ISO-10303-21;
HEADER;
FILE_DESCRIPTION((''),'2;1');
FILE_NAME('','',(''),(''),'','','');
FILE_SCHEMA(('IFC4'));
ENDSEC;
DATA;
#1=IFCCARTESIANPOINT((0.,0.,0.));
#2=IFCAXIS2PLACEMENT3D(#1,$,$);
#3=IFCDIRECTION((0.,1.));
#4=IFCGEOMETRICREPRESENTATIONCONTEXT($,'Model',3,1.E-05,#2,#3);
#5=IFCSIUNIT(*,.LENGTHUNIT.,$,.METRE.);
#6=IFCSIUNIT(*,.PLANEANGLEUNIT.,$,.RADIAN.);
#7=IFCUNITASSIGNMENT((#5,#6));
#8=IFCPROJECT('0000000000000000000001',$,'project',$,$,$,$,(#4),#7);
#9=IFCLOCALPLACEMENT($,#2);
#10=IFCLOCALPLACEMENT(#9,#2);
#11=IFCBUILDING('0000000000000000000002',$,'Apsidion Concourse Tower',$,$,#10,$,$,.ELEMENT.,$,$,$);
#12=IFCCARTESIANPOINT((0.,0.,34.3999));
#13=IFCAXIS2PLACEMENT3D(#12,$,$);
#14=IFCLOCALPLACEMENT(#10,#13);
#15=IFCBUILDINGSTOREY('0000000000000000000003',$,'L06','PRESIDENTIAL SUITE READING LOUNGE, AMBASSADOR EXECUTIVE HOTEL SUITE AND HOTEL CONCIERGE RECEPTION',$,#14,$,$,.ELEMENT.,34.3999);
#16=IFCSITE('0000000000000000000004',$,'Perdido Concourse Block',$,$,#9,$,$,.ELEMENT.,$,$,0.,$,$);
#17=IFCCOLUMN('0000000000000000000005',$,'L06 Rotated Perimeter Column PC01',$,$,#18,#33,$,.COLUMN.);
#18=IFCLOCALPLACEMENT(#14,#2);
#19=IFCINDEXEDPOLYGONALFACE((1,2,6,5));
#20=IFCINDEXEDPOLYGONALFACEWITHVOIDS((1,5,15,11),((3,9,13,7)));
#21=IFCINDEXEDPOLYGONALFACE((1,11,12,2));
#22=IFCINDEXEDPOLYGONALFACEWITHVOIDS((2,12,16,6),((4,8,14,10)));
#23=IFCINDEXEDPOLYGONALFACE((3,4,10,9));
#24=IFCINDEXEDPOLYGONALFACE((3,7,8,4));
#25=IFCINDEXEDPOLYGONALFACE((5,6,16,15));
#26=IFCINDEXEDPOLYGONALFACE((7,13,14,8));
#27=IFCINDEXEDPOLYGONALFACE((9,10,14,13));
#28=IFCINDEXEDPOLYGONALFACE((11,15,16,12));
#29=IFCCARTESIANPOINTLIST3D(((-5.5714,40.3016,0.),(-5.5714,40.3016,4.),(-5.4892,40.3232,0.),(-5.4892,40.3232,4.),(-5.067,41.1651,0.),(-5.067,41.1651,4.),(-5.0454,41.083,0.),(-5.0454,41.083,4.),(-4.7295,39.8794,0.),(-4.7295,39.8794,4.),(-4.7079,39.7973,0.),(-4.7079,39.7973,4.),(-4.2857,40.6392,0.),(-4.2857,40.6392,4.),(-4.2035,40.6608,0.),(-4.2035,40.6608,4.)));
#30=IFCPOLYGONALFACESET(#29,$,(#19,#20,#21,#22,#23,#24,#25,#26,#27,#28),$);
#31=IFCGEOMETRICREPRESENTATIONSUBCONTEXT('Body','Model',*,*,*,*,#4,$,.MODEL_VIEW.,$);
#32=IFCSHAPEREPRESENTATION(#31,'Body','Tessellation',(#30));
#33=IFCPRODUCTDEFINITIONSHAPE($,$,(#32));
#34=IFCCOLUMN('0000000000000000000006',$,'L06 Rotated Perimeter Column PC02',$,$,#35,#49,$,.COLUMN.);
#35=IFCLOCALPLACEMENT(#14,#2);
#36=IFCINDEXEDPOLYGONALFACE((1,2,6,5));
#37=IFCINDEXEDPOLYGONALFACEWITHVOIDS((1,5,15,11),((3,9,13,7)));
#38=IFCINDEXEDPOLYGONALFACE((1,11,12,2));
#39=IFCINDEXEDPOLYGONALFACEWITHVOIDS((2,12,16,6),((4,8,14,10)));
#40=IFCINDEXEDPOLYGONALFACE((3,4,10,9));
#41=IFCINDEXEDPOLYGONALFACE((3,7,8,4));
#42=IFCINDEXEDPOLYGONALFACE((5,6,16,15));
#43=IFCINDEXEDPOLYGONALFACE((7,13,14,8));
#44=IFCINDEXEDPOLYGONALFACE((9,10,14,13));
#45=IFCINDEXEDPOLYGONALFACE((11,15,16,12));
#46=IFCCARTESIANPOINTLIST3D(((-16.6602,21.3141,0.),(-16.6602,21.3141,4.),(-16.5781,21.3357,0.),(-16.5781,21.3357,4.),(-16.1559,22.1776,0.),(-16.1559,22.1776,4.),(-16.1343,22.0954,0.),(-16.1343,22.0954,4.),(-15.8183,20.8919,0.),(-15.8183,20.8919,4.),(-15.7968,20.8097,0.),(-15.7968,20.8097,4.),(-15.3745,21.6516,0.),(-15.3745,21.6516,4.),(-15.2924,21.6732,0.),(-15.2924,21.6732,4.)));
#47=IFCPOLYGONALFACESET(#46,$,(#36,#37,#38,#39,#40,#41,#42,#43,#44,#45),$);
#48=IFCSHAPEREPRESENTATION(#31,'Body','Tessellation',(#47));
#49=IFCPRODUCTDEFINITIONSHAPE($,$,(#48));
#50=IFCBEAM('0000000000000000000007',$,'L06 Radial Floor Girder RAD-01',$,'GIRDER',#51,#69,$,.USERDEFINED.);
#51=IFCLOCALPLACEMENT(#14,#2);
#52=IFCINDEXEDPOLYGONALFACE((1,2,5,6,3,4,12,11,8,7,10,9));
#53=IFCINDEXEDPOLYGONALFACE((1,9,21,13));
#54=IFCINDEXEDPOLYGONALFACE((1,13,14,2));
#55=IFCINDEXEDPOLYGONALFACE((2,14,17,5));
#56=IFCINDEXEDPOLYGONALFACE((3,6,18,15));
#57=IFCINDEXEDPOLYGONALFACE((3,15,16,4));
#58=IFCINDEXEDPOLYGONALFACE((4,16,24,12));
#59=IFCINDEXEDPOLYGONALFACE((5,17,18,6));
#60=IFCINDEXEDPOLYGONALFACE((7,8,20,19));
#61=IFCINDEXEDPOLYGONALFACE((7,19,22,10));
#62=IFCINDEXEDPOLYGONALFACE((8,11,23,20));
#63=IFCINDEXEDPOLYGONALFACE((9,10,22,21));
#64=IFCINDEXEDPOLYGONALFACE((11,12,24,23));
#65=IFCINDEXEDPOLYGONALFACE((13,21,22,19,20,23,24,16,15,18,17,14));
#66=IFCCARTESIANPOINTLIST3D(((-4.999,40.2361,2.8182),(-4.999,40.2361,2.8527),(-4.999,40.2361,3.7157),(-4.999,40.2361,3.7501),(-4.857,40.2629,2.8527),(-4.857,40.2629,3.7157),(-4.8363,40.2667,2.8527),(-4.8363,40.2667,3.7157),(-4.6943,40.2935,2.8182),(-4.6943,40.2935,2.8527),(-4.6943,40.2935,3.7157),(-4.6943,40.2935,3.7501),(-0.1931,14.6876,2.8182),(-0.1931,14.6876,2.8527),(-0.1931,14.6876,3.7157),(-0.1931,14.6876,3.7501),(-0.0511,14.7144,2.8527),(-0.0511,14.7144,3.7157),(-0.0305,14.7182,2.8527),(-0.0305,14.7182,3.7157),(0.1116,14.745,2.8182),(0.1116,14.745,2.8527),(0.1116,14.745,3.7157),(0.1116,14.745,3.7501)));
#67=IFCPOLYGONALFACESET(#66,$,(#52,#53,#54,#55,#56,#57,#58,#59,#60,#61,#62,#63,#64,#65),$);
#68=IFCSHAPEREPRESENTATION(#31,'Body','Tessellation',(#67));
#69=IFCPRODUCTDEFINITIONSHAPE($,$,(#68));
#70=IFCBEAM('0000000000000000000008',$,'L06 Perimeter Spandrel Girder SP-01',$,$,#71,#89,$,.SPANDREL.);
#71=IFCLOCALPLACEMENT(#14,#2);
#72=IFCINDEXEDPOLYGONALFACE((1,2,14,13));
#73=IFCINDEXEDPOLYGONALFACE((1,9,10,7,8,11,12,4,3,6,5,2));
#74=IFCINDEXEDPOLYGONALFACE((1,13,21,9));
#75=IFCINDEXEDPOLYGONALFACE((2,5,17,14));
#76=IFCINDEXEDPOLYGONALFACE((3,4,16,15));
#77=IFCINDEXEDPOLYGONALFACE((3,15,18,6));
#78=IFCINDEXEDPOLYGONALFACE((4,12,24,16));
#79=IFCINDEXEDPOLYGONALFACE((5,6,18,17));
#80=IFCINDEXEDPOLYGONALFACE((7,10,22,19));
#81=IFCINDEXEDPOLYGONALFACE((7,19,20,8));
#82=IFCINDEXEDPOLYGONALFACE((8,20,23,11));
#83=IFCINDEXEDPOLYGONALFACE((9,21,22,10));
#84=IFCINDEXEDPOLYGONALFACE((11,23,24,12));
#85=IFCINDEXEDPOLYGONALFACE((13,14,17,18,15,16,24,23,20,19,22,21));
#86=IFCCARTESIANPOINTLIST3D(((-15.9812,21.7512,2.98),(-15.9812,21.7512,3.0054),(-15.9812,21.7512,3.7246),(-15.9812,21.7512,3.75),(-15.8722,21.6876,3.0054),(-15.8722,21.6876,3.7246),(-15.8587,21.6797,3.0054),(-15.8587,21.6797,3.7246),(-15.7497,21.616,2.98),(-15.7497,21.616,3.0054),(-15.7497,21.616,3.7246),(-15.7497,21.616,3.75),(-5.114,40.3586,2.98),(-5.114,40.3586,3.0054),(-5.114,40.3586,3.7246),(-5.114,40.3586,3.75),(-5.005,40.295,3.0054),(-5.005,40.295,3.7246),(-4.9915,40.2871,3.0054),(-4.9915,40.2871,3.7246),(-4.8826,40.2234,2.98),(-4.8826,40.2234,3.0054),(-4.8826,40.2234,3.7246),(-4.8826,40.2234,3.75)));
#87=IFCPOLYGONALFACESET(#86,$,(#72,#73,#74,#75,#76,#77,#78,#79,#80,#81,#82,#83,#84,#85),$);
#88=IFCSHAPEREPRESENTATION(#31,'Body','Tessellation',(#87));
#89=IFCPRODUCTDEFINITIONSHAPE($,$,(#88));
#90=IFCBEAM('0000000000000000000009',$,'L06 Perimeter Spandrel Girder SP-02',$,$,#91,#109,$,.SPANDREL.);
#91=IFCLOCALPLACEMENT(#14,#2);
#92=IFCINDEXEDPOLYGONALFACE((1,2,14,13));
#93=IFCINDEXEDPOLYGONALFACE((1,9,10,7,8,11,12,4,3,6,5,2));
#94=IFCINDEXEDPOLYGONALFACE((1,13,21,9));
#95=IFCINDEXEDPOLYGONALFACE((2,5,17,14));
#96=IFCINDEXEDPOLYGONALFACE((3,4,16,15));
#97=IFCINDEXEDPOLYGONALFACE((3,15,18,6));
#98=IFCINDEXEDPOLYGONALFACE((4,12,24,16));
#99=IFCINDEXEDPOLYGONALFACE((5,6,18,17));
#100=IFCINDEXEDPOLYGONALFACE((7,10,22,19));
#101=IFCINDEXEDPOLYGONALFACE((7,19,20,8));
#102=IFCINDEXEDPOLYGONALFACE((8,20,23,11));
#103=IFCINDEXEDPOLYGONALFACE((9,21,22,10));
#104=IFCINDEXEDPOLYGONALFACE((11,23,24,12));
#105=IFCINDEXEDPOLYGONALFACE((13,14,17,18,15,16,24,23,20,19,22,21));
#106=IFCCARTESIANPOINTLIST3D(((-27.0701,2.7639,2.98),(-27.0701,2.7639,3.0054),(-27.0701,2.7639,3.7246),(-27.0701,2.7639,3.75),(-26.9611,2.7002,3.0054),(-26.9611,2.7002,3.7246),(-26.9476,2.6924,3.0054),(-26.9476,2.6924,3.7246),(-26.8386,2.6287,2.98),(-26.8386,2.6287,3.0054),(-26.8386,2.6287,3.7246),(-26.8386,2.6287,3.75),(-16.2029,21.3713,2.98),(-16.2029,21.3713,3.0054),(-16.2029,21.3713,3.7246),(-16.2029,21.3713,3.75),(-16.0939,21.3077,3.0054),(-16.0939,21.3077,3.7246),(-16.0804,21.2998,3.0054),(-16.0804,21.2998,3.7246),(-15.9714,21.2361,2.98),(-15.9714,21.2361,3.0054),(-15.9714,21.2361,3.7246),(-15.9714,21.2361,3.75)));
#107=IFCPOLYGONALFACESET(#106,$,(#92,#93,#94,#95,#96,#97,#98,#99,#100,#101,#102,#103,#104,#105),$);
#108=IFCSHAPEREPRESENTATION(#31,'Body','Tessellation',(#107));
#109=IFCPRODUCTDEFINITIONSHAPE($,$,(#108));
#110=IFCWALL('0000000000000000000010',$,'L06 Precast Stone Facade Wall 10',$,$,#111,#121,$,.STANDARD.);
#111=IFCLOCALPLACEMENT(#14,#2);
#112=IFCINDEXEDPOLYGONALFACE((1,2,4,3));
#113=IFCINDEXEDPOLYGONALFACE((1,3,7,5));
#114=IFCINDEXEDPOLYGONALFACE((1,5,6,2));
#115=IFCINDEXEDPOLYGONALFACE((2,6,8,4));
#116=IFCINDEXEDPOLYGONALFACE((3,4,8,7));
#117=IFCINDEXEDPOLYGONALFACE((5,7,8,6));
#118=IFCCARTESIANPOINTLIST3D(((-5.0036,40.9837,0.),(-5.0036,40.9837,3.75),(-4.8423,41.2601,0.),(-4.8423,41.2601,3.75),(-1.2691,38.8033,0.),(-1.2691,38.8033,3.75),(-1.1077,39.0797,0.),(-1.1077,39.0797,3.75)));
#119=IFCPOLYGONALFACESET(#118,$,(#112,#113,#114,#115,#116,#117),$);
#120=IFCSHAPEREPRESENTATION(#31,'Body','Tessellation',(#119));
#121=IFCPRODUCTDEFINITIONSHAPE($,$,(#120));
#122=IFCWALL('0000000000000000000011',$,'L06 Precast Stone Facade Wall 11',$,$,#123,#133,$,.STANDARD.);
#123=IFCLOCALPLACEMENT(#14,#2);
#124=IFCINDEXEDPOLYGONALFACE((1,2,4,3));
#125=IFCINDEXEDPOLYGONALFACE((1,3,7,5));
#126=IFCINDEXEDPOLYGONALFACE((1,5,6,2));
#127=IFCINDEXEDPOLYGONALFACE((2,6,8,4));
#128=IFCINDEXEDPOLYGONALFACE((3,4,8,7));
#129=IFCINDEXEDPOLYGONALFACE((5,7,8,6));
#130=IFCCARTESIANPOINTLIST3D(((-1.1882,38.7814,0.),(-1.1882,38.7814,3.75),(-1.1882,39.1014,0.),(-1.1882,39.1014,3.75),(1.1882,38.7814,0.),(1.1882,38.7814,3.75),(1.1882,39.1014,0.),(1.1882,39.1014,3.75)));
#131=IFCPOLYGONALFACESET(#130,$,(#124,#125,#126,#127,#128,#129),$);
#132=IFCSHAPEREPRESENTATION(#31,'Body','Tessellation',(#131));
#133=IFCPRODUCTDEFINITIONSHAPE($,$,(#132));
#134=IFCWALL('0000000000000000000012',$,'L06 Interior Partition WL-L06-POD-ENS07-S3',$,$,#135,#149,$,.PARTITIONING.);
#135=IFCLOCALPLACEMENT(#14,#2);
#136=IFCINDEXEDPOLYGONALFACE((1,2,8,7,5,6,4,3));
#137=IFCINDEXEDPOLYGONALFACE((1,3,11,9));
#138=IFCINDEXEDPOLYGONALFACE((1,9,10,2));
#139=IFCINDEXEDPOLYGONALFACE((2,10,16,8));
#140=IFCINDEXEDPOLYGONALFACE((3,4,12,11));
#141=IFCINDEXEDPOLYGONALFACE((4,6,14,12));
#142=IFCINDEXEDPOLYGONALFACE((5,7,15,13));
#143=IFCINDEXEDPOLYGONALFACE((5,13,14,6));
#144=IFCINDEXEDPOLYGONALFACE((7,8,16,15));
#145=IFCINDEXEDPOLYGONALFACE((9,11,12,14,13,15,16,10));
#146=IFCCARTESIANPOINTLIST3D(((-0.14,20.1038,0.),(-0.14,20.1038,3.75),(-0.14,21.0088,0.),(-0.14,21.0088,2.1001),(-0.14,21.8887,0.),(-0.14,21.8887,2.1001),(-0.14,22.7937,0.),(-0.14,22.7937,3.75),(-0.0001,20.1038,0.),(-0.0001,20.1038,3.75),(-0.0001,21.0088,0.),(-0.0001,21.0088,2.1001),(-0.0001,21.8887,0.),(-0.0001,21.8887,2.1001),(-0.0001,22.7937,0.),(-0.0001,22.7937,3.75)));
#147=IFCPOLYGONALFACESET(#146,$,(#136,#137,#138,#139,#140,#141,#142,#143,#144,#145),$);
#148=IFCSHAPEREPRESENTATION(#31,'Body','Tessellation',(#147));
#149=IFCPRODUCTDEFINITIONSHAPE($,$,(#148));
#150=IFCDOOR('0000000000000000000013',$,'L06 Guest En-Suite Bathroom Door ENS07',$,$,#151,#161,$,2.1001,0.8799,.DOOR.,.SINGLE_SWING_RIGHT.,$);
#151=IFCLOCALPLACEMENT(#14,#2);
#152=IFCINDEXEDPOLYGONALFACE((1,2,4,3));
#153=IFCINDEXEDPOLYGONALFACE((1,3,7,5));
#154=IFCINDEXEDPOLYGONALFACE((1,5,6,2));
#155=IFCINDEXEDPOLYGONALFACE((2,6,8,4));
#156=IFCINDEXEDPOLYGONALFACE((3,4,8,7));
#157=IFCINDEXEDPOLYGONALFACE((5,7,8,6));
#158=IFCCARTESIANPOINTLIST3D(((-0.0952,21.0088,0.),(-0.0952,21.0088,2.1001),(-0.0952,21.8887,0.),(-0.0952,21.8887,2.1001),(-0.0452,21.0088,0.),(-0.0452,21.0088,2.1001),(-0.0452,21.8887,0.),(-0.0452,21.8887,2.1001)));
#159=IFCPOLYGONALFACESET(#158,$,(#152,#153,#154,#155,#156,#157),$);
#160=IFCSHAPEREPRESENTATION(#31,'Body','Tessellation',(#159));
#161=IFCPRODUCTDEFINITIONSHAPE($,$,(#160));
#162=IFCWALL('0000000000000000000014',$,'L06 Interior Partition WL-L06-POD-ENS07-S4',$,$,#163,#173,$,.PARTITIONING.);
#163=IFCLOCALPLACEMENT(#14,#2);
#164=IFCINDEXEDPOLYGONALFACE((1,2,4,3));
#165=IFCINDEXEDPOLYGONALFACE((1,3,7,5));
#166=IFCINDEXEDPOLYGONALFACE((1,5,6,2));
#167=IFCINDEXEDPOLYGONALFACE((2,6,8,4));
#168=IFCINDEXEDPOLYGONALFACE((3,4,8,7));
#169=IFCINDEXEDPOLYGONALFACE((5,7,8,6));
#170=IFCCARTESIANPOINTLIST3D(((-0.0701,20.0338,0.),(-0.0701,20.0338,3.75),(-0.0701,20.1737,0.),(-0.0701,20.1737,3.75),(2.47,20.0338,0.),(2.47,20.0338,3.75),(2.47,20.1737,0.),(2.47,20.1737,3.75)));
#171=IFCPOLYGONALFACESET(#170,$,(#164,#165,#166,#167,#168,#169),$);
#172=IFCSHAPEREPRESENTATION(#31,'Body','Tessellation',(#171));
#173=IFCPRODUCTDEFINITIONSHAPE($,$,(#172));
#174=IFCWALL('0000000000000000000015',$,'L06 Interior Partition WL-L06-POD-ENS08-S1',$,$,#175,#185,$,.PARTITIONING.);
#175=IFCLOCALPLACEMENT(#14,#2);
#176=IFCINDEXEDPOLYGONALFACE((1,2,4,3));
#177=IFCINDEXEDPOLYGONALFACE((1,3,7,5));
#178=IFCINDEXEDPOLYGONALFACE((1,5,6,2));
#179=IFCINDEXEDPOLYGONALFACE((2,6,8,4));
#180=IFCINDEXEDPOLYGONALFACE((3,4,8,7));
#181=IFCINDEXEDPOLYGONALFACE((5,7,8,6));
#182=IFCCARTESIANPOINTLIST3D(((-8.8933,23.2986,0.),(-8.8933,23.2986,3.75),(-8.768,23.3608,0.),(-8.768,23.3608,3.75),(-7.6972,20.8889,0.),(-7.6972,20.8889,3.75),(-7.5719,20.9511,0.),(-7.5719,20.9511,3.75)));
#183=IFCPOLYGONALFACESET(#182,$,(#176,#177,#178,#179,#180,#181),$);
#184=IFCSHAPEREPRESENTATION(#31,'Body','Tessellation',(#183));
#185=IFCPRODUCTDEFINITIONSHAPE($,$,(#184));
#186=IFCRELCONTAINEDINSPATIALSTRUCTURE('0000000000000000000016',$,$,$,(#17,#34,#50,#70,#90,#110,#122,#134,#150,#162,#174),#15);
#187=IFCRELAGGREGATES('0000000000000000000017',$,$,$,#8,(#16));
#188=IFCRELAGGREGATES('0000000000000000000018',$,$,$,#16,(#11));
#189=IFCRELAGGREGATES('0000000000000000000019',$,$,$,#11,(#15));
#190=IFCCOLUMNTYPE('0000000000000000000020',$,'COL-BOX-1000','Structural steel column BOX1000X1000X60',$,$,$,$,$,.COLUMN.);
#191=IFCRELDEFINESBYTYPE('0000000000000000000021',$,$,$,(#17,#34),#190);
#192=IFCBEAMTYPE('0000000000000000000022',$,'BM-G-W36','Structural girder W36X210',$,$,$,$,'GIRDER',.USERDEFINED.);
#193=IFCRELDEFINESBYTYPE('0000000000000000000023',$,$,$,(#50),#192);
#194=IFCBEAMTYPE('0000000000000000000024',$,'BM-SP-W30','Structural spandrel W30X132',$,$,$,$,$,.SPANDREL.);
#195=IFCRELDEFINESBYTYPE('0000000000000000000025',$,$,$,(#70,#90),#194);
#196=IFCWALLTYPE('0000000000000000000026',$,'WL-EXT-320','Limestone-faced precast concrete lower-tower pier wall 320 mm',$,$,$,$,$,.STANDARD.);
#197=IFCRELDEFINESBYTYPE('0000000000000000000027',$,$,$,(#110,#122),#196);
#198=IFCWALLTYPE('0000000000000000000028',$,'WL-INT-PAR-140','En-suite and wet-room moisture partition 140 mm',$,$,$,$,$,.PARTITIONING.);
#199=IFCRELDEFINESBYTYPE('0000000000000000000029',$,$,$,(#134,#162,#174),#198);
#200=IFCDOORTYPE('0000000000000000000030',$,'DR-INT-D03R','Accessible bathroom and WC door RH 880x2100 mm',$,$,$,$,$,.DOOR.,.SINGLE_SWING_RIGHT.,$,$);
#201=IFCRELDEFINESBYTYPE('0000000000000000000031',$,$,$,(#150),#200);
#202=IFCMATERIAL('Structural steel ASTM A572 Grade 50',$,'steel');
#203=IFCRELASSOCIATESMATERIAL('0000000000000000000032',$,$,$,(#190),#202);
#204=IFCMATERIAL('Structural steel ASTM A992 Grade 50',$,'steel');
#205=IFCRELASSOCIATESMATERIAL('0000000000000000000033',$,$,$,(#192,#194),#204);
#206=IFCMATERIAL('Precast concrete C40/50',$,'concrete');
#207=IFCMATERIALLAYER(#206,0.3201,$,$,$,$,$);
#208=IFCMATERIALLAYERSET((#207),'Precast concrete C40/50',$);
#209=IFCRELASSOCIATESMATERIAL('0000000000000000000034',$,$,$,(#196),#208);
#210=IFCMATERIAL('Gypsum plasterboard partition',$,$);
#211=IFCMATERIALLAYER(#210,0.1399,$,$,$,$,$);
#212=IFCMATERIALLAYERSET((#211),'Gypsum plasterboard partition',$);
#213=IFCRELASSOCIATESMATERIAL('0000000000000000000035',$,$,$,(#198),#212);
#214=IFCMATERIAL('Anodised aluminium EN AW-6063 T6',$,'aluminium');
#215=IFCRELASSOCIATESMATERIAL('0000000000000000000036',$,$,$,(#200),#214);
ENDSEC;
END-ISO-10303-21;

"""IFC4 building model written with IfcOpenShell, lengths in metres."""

from ifc_helpers import new_model, si_unit, direction, frame, frame_2d, origin, origin_2d, place, context, subcontext, project, spatial, rectangle, hollow_rectangle, i_section, extrude, material, layer, layer_set, material_profile, profile_set, type_object, element, fill, save


model = new_model("IFC4")

# Units and contexts
model_context = context("Model", 3, precision=1e-05, world=origin(), true_north=direction((0.0, 1.0)))
body_context = subcontext(model_context, "Body", "Model", "MODEL_VIEW")
ifc_project = project(units=[si_unit("LENGTHUNIT", "METRE"), si_unit("PLANEANGLEUNIT", "RADIAN")], contexts=[model_context])

# Site, building, storey
site_placement = place(None, origin())
site = spatial("IfcSite", under=ifc_project, at=site_placement, Name="Perdido Concourse Block", CompositionType="ELEMENT", RefElevation=0.0)
building_placement = place(site_placement, origin())
building = spatial("IfcBuilding", under=site, at=building_placement, Name="Apsidion Concourse Tower", CompositionType="ELEMENT")
storey_placement = place(building_placement, frame((0.0, 0.0, 34.3999)))
storey = spatial("IfcBuildingStorey", under=building, at=storey_placement, Name="L06", Description="PRESIDENTIAL SUITE READING LOUNGE, AMBASSADOR EXECUTIVE HOTEL SUITE AND HOTEL CONCIERGE RECEPTION", CompositionType="ELEMENT", Elevation=34.3999)

# Columns
ifc_material_1 = material(Name="Structural steel ASTM A572 Grade 50", Category="steel")
ifc_material_profile_1 = material_profile(ifc_material_1, hollow_rectangle(XDim=1.0, YDim=1.0, WallThickness=0.0601, at=origin_2d()), Name="BOX1000X1000X60")
ifc_profile_set_1 = profile_set([ifc_material_profile_1], Name="Structural steel ASTM A572 Grade 50")
column_type = type_object("IfcColumnType", Name="COL-BOX-1000", Description="Structural steel column BOX1000X1000X60", PredefinedType="COLUMN", material=ifc_profile_set_1)
for number, where, z_axis, x_axis, name in (
    (1, (-4.8875, 40.4812, 0.0), (0.0, 0.0, 1.0), (0.504377, 0.863484, 0.0), "L06 Rotated Perimeter Column PC01"),
    (2, (-15.9763, 21.4937, 0.0), (0.0, 0.0, 1.0), (0.504377, 0.863484, 0.0), "L06 Rotated Perimeter Column PC02"),
):
    element("IfcColumn", number, at=place(storey_placement, frame(where, z_axis=z_axis, x_axis=x_axis)), inside=storey, type_object=column_type, Name=name, PredefinedType="COLUMN", context=body_context, shape_type="SweptSolid", body=[
        extrude(hollow_rectangle(XDim=1.0, YDim=1.0, WallThickness=0.0601, at=origin_2d()), origin(), (0.0, 0.0, 1.0), 4.0),
    ])

# Beams
ifc_material_2 = material(Name="Structural steel ASTM A992 Grade 50", Category="steel")
ifc_material_profile_2 = material_profile(ifc_material_2, i_section(OverallWidth=0.3101, OverallDepth=0.9319, WebThickness=0.021, FlangeThickness=0.0344, at=origin_2d()), Name="W36X210")
ifc_profile_set_2 = profile_set([ifc_material_profile_2], Name="Structural steel ASTM A992 Grade 50")
beam_type_1 = type_object("IfcBeamType", Name="BM-G-W36", Description="Structural girder W36X210", ElementType="GIRDER", PredefinedType="USERDEFINED", material=ifc_profile_set_2)
beam_placement = place(storey_placement, frame((-0.0408, 14.7163, 3.2842), z_axis=(-0.184866, 0.982764, 0.0), x_axis=(-0.982764, -0.184866, 0.0)))
element("IfcBeam", 3, at=beam_placement, inside=storey, type_object=beam_type_1, Name="L06 Radial Floor Girder RAD-01", ObjectType="GIRDER", PredefinedType="USERDEFINED", context=body_context, shape_type="SweptSolid", body=[
    extrude(i_section(OverallWidth=0.3101, OverallDepth=0.9319, WebThickness=0.021, FlangeThickness=0.0344, at=origin_2d()), origin(), (0.0, 0.0, 1.0), 25.9966),
])
ifc_material_profile_3 = material_profile(ifc_material_2, i_section(OverallWidth=0.2681, OverallDepth=0.77, WebThickness=0.0156, FlangeThickness=0.0254, at=origin_2d()), Name="W30X132")
ifc_profile_set_3 = profile_set([ifc_material_profile_3], Name="Structural steel ASTM A992 Grade 50")
beam_type_2 = type_object("IfcBeamType", Name="BM-SP-W30", Description="Structural spandrel W30X132", PredefinedType="SPANDREL", material=ifc_profile_set_3)
for number, where, z_axis, x_axis, name in (
    (4, (-4.9983, 40.291, 3.365), (-0.504316, -0.863519, 0.0), (0.863519, -0.504316, 0.0), "L06 Perimeter Spandrel Girder SP-01"),
    (5, (-16.0872, 21.3037, 3.365), (-0.504316, -0.863519, 0.0), (0.863519, -0.504316, 0.0), "L06 Perimeter Spandrel Girder SP-02"),
):
    element("IfcBeam", number, at=place(storey_placement, frame(where, z_axis=z_axis, x_axis=x_axis)), inside=storey, type_object=beam_type_2, Name=name, PredefinedType="SPANDREL", context=body_context, shape_type="SweptSolid", body=[
        extrude(i_section(OverallWidth=0.2681, OverallDepth=0.77, WebThickness=0.0156, FlangeThickness=0.0254, at=origin_2d()), origin(), (0.0, 0.0, 1.0), 21.5483),
    ])

# Walls
ifc_material_3 = material(Name="Precast concrete C40/50", Category="concrete")
ifc_layer_1 = layer(ifc_material_3, 0.3201)
ifc_layer_set_1 = layer_set([ifc_layer_1], Name="Precast concrete C40/50")
wall_type_1 = type_object("IfcWallType", Name="WL-EXT-320", Description="Limestone-faced precast concrete lower-tower pier wall 320 mm", PredefinedType="STANDARD", material=ifc_layer_set_1)
wall_1_placement = place(storey_placement, frame((-4.9229, 41.1218, 0.0), z_axis=(0.0, 0.0, 1.0), x_axis=(0.863588, -0.504197, 0.0)))
element("IfcWall", 6, at=wall_1_placement, inside=storey, type_object=wall_type_1, Name="L06 Precast Stone Facade Wall 10", PredefinedType="STANDARD", context=body_context, shape_type="SweptSolid", body=[
    extrude(rectangle(XDim=4.3245, YDim=0.3201, at=frame_2d((2.1621, 0.0))), origin(), (0.0, 0.0, 1.0), 3.75),
])
wall_2_placement = place(storey_placement, frame((-1.1882, 38.9414, 0.0), z_axis=(0.0, 0.0, 1.0), x_axis=(1.0, 0.0, 0.0)))
element("IfcWall", 7, at=wall_2_placement, inside=storey, type_object=wall_type_1, Name="L06 Precast Stone Facade Wall 11", PredefinedType="STANDARD", context=body_context, shape_type="SweptSolid", body=[
    extrude(rectangle(XDim=2.3765, YDim=0.3201, at=frame_2d((1.1882, 0.0))), origin(), (0.0, 0.0, 1.0), 3.75),
])

# Wall, opening, door
ifc_material_4 = material(Name="Gypsum plasterboard partition")
ifc_layer_2 = layer(ifc_material_4, 0.1399)
ifc_layer_set_2 = layer_set([ifc_layer_2], Name="Gypsum plasterboard partition")
wall_type_2 = type_object("IfcWallType", Name="WL-INT-PAR-140", Description="En-suite and wet-room moisture partition 140 mm", PredefinedType="PARTITIONING", material=ifc_layer_set_2)
wall_3_placement = place(storey_placement, frame((-0.0701, 22.7937, 0.0), z_axis=(0.0, 0.0, 1.0), x_axis=(0.0, -1.0, 0.0)))
wall_3 = element("IfcWall", 8, at=wall_3_placement, inside=storey, type_object=wall_type_2, Name="L06 Interior Partition WL-L06-POD-ENS07-S3", PredefinedType="PARTITIONING", context=body_context, shape_type="SweptSolid", body=[
    extrude(rectangle(XDim=2.6899, YDim=0.1399, at=frame_2d((1.345, 0.0))), origin(), (0.0, 0.0, 1.0), 3.75),
])
opening_1_placement = place(wall_3_placement, frame((0.905, 0.0, 0.0)))
opening_1 = element("IfcOpeningElement", 9, at=opening_1_placement, cuts=wall_3, PredefinedType="OPENING", context=body_context, shape_type="SweptSolid", body=[
    extrude(rectangle(XDim=0.8799, YDim=2.1001, at=frame_2d((0.4399, 1.05))), frame((0.0, 0.0801, 0.0), z_axis=(0.0, -1.0, 0.0), x_axis=(1.0, 0.0, 0.0)), (0.0, 0.0, 1.0), 0.1599),
])
ifc_material_5 = material(Name="Anodised aluminium EN AW-6063 T6", Category="aluminium")
door_type_1 = type_object("IfcDoorType", Name="DR-INT-D03R", Description="Accessible bathroom and WC door RH 880x2100 mm", OperationType="SINGLE_SWING_RIGHT", PredefinedType="DOOR", material=ifc_material_5)
door_1_placement = place(opening_1_placement, origin())
door_1 = element("IfcDoor", 10, at=door_1_placement, inside=storey, type_object=door_type_1, Name="L06 Guest En-Suite Bathroom Door ENS07", OperationType="SINGLE_SWING_RIGHT", OverallHeight=2.1001, OverallWidth=0.8799, PredefinedType="DOOR", context=body_context, shape_type="SweptSolid", body=[
    extrude(rectangle(XDim=0.8799, YDim=2.1001, at=frame_2d((0.4399, 1.05))), frame((0.0, 0.0249, 0.0), z_axis=(0.0, -1.0, 0.0), x_axis=(1.0, 0.0, 0.0)), (0.0, 0.0, 1.0), 0.05),
])
fill(opening_1, door_1)

# Walls
wall_4_placement = place(storey_placement, frame((-0.0701, 20.1038, 0.0), z_axis=(0.0, 0.0, 1.0), x_axis=(1.0, 0.0, 0.0)))
element("IfcWall", 11, at=wall_4_placement, inside=storey, type_object=wall_type_2, Name="L06 Interior Partition WL-L06-POD-ENS07-S4", PredefinedType="PARTITIONING", context=body_context, shape_type="SweptSolid", body=[
    extrude(rectangle(XDim=2.54, YDim=0.1399, at=frame_2d((1.27, 0.0))), origin(), (0.0, 0.0, 1.0), 3.75),
])
wall_5_placement = place(storey_placement, frame((-7.6345, 20.9199, 0.0), z_axis=(0.0, 0.0, 1.0), x_axis=(-0.444598, 0.89573, 0.0)))
element("IfcWall", 12, at=wall_5_placement, inside=storey, type_object=wall_type_2, Name="L06 Interior Partition WL-L06-POD-ENS08-S1", PredefinedType="PARTITIONING", context=body_context, shape_type="SweptSolid", body=[
    extrude(rectangle(XDim=2.6902, YDim=0.1399, at=frame_2d((1.3452, 0.0))), origin(), (0.0, 0.0, 1.0), 3.75),
])

save(model, "model.ifc")
